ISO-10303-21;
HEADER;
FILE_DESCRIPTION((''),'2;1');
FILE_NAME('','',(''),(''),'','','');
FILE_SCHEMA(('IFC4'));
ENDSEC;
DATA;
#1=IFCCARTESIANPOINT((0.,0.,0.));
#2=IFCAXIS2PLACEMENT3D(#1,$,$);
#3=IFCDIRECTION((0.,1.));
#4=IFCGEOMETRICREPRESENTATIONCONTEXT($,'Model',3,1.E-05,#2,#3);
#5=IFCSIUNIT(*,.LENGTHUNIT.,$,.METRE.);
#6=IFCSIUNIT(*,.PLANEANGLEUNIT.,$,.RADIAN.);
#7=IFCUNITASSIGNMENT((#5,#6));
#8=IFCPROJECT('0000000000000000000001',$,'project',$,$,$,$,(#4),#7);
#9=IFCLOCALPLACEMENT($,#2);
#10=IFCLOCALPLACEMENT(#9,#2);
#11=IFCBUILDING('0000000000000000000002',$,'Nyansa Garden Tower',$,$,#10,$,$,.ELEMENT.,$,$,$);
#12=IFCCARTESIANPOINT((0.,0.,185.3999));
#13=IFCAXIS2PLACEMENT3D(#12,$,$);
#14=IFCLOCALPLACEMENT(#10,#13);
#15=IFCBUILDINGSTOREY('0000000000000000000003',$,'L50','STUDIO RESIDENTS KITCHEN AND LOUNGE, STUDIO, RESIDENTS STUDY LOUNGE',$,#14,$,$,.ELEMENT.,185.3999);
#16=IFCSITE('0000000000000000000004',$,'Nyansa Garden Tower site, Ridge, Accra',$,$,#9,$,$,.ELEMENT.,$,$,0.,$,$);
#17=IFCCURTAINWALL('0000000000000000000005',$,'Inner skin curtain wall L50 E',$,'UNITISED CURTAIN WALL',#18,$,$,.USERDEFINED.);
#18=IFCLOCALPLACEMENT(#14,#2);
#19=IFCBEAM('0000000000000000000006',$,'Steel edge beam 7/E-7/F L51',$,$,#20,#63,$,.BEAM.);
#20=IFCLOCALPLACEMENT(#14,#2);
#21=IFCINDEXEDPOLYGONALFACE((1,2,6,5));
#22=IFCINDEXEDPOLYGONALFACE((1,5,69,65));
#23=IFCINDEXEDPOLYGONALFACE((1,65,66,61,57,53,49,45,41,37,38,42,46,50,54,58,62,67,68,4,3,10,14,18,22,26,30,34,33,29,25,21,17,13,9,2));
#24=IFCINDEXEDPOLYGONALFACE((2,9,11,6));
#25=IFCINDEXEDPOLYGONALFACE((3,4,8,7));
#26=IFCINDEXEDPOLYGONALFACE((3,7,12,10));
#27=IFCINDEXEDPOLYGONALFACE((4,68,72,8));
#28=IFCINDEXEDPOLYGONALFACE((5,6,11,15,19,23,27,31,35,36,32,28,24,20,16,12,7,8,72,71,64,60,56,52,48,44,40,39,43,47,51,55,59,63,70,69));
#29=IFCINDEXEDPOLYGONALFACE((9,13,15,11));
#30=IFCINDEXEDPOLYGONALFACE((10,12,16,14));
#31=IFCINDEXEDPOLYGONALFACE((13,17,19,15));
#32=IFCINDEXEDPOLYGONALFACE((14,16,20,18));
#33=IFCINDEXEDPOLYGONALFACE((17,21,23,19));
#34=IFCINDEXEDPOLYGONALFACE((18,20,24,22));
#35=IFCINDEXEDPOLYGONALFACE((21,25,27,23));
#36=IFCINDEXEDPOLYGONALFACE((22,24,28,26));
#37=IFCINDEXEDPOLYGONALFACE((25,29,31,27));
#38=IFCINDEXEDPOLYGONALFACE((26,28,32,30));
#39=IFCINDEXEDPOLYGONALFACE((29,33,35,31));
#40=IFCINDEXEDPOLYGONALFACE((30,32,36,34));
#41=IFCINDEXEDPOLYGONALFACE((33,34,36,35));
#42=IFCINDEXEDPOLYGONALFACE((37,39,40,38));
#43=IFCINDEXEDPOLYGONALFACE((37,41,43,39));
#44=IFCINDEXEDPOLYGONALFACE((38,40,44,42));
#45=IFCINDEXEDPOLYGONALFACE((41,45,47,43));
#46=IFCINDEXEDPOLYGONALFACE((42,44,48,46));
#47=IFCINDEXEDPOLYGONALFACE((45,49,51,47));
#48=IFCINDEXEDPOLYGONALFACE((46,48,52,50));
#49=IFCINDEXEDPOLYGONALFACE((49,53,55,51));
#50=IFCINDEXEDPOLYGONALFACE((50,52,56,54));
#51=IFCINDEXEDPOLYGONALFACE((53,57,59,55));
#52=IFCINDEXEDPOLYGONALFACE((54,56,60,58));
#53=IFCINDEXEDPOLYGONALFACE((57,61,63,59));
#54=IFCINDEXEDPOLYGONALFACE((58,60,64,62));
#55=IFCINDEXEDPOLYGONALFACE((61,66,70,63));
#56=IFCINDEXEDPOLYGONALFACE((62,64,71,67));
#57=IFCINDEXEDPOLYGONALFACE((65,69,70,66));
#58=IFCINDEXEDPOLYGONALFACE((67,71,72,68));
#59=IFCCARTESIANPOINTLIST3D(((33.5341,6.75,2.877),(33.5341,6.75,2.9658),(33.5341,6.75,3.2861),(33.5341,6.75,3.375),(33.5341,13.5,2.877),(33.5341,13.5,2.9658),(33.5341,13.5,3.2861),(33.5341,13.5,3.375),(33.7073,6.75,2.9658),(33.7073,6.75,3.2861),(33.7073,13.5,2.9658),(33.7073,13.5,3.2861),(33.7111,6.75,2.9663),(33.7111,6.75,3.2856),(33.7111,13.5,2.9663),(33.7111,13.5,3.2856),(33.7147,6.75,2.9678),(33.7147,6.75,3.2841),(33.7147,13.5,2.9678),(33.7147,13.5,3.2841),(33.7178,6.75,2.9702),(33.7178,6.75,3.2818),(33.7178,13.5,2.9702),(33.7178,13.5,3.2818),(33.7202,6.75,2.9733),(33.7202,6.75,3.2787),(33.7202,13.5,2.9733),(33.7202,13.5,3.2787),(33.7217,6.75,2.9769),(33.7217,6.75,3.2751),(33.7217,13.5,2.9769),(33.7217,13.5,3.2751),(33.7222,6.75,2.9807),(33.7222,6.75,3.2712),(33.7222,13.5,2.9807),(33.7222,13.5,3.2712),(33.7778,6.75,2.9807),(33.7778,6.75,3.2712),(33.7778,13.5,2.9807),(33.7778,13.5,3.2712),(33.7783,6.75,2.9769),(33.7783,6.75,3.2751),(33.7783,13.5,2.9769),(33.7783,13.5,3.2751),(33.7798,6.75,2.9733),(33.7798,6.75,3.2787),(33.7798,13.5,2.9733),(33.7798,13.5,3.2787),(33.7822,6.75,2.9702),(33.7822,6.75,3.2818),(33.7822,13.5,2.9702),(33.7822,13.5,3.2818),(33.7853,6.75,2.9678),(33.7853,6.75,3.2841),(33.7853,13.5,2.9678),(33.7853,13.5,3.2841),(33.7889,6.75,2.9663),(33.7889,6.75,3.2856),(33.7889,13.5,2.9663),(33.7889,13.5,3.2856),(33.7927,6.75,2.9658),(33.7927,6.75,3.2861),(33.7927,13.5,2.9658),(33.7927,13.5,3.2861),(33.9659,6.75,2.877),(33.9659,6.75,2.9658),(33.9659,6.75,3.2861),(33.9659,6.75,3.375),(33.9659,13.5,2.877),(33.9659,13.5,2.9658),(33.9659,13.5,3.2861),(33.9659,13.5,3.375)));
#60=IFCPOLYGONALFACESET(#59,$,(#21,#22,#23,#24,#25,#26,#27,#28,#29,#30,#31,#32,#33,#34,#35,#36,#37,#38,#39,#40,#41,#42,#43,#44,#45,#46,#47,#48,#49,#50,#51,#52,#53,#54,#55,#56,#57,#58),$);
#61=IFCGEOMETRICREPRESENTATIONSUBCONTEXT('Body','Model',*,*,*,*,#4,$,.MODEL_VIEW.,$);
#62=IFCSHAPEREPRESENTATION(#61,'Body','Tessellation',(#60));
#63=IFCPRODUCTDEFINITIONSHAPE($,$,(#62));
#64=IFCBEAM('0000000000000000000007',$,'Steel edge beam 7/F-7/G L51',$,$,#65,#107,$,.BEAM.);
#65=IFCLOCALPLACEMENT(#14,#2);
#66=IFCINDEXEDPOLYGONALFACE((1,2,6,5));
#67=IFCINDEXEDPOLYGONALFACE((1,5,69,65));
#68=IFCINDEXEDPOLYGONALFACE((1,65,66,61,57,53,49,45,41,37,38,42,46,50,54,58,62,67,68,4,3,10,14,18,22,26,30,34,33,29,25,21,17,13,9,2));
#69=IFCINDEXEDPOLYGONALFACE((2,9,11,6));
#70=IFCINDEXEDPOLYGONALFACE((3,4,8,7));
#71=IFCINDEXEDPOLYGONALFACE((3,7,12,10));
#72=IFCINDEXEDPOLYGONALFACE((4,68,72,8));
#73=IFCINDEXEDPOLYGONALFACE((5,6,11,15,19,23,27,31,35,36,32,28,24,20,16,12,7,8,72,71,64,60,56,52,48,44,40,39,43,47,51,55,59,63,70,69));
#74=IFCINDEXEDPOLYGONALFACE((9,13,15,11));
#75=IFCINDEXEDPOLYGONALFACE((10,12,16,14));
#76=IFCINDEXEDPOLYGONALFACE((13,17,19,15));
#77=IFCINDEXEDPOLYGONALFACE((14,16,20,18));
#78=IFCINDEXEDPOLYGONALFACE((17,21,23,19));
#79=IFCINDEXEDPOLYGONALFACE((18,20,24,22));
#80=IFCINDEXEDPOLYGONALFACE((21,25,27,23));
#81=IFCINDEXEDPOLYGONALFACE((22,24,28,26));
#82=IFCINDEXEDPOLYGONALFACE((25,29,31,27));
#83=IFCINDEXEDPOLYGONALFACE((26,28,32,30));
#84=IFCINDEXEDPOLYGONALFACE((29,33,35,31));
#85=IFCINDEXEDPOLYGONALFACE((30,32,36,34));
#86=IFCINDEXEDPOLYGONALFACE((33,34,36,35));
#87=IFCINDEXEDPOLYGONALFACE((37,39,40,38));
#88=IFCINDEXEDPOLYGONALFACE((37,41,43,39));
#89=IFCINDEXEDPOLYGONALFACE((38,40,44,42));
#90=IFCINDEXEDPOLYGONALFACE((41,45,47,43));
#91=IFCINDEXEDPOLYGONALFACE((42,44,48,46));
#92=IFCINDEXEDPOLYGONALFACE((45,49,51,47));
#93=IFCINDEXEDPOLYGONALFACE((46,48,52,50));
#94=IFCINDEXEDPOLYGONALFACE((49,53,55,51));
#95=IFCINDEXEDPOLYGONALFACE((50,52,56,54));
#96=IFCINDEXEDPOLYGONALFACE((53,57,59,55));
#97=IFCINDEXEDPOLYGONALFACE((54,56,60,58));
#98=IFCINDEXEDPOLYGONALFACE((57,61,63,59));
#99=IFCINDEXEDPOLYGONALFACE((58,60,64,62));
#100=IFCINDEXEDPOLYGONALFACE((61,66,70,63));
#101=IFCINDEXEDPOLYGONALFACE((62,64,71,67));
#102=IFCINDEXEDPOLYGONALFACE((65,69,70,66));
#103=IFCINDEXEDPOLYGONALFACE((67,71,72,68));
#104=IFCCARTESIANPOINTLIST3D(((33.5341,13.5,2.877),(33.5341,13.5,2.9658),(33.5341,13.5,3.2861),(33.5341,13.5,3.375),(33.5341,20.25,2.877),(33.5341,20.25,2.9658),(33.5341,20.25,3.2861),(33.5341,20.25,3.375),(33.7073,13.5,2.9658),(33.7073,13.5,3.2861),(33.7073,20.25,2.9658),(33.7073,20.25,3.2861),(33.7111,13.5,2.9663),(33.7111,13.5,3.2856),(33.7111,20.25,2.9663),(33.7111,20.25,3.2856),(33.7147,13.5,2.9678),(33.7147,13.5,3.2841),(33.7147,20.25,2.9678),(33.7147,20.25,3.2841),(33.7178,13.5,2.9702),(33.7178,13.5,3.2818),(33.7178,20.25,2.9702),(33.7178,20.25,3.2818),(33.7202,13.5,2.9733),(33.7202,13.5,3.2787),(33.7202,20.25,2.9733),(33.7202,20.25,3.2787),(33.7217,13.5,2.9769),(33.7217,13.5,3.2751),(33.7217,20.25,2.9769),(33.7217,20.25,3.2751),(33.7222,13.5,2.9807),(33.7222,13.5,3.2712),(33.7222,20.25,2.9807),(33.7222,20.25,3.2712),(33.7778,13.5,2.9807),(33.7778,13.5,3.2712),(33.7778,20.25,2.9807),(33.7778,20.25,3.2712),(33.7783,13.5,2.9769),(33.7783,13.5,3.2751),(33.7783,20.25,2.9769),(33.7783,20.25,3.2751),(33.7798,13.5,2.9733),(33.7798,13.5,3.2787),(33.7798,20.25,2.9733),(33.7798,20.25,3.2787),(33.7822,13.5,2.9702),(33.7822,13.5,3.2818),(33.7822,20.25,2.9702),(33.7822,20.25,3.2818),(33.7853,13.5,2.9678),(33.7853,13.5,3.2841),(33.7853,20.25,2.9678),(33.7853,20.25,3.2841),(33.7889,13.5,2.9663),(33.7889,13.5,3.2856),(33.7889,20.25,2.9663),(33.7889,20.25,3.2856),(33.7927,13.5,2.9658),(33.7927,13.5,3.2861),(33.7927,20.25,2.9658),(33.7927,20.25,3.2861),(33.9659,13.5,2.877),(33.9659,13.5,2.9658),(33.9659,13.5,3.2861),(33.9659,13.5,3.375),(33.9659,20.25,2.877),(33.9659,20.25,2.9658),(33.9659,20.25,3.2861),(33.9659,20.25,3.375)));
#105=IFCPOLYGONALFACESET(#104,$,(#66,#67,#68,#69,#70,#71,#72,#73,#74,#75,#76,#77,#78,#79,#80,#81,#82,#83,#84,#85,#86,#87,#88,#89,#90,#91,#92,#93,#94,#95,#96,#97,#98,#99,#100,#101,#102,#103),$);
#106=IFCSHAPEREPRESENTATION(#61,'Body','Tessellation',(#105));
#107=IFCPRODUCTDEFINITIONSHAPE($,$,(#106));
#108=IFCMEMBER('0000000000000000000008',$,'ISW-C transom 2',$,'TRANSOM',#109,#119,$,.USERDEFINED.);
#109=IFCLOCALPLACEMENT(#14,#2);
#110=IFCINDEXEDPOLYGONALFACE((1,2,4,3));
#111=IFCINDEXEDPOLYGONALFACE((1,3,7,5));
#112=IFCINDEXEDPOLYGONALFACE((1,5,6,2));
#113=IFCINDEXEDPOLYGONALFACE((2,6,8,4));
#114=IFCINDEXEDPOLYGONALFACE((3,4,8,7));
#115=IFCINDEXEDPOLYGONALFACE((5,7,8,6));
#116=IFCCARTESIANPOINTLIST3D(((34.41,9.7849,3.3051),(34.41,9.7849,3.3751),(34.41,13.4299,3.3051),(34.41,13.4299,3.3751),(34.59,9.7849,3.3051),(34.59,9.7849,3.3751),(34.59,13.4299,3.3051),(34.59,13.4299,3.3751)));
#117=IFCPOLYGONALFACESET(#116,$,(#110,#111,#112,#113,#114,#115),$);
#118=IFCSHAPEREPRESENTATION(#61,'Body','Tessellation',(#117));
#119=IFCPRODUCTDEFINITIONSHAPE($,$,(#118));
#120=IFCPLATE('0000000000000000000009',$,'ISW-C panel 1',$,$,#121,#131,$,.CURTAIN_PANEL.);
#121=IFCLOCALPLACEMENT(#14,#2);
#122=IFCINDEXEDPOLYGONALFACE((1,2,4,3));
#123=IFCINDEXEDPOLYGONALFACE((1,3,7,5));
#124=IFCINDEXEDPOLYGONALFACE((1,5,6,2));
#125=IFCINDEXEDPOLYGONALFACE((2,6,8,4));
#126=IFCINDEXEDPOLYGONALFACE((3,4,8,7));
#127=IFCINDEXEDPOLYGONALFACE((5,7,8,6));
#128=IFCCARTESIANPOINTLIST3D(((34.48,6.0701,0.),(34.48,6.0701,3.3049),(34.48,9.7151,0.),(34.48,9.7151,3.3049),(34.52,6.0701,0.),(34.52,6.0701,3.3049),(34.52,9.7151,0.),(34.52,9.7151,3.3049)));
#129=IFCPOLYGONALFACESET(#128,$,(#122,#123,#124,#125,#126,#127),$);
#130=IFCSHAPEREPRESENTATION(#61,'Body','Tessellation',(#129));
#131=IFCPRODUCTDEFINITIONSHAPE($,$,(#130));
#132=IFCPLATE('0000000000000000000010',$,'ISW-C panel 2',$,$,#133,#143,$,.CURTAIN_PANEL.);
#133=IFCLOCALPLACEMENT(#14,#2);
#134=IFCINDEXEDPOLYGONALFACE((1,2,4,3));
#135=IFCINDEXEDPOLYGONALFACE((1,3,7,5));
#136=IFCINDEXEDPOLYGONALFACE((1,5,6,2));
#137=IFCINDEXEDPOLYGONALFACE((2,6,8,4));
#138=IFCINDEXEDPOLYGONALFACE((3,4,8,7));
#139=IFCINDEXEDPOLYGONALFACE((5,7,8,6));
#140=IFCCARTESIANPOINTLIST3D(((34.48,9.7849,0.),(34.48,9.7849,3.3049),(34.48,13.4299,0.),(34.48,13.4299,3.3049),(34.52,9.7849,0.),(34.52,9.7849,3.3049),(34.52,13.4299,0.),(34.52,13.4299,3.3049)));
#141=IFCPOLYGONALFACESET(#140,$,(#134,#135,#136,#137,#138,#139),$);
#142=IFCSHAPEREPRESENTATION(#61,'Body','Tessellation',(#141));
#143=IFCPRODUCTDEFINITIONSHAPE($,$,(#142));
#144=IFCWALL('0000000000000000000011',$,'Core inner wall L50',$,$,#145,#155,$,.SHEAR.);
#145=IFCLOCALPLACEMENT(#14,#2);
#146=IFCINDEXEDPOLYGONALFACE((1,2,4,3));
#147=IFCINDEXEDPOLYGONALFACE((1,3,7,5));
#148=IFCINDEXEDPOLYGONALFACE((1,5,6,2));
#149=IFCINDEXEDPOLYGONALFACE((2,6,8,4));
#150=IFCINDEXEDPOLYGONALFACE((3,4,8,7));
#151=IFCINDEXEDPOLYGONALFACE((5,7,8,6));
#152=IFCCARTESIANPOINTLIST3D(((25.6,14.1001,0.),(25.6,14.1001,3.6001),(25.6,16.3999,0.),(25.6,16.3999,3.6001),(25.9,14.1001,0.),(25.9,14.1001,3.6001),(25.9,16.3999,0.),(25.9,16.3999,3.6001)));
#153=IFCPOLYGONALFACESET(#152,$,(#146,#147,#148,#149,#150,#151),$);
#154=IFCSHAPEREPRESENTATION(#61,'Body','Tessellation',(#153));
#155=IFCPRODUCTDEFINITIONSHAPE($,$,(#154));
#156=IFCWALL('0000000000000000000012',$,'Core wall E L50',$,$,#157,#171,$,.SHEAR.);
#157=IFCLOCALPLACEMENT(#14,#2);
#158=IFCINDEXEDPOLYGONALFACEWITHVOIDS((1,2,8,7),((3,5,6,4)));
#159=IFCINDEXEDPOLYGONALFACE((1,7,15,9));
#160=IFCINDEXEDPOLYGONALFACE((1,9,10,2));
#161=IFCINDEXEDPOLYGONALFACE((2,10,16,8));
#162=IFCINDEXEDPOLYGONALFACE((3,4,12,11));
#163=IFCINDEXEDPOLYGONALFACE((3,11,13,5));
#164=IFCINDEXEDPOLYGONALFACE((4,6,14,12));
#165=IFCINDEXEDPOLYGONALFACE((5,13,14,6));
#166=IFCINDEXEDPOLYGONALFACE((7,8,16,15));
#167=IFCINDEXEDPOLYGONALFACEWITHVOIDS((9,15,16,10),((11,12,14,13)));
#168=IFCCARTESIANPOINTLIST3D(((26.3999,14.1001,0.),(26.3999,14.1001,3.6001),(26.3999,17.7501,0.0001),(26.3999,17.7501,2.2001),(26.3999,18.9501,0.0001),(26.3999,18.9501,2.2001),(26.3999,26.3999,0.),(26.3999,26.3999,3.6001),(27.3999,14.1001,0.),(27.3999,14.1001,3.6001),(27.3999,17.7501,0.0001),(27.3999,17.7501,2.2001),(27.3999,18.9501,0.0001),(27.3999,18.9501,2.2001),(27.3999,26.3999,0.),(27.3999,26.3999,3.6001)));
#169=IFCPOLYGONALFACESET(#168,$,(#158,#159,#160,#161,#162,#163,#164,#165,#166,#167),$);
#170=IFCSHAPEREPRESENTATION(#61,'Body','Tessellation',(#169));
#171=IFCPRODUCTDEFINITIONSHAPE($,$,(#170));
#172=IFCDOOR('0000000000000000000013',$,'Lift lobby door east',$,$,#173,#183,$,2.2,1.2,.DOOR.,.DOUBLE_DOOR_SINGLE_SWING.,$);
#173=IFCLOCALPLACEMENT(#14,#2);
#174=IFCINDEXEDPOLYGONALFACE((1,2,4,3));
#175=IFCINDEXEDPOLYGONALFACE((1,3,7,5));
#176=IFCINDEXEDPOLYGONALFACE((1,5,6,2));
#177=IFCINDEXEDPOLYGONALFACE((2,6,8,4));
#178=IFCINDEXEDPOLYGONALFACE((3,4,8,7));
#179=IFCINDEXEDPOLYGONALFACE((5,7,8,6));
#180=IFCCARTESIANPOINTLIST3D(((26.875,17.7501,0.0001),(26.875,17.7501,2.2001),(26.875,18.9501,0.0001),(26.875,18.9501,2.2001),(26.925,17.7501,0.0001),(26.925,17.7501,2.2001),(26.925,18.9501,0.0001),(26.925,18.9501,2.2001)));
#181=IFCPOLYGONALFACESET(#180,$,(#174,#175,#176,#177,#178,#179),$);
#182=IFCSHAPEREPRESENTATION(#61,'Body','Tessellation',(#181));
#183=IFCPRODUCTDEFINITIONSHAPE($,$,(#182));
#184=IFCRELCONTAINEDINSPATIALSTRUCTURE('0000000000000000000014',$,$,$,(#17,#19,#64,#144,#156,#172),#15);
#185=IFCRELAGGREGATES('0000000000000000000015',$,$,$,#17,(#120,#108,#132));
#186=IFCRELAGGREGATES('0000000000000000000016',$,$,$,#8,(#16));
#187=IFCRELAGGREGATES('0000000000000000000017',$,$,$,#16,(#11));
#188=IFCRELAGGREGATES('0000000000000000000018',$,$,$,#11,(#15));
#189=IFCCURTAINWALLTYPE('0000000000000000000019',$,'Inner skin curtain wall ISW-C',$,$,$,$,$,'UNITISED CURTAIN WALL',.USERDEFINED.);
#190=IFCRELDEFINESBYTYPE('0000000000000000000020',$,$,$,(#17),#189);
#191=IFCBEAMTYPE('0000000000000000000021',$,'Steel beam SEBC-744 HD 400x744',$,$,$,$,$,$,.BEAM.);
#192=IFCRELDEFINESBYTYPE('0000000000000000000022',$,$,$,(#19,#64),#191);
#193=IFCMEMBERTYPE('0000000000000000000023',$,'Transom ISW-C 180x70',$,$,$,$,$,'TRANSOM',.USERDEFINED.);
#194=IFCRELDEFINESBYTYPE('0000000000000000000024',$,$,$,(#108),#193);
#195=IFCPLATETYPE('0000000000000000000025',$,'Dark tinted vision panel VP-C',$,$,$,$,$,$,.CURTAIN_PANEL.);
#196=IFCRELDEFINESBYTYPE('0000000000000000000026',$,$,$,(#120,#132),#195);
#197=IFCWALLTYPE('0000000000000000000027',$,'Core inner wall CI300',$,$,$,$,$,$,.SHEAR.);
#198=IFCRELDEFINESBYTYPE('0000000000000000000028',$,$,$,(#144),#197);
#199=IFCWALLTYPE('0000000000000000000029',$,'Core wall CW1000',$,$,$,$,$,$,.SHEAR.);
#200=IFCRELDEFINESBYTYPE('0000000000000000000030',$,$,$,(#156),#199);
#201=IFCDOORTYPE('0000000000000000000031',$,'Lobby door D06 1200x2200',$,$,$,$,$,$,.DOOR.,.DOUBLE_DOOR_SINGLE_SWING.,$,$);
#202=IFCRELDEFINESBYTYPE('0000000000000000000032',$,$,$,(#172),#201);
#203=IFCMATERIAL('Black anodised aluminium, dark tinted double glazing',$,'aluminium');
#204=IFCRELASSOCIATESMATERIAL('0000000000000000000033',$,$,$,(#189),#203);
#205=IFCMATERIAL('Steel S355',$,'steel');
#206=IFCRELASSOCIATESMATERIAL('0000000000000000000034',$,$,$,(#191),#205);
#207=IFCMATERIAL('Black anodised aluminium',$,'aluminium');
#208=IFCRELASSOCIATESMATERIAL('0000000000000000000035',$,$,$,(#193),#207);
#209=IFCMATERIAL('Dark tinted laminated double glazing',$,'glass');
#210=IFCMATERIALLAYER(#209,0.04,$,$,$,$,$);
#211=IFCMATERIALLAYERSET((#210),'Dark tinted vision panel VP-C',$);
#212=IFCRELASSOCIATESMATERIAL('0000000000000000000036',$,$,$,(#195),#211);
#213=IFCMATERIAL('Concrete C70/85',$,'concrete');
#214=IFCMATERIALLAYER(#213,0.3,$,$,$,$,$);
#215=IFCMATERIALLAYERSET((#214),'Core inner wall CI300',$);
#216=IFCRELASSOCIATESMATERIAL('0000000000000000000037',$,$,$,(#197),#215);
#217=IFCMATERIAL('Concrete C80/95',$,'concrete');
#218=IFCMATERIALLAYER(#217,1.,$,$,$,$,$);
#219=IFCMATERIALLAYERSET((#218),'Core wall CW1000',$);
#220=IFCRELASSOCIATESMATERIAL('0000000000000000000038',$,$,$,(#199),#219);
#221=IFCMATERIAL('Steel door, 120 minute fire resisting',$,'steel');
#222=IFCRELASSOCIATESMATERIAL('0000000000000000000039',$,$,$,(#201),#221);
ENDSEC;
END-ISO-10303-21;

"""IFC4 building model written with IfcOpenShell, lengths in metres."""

from ifc_helpers import new_model, si_unit, direction, frame, frame_2d, origin, origin_2d, place, context, subcontext, project, spatial, rectangle, i_section, extrude, material, layer, layer_set, material_profile, profile_set, type_object, element, fill, aggregate, save


model = new_model("IFC4")

# Units and contexts
model_context = context("Model", 3, precision=1e-05, world=origin(), true_north=direction((0.0, 1.0)))
body_context = subcontext(model_context, "Body", "Model", "MODEL_VIEW")
ifc_project = project(units=[si_unit("LENGTHUNIT", "METRE"), si_unit("PLANEANGLEUNIT", "RADIAN")], contexts=[model_context])

# Site, building, storey
site_placement = place(None, origin())
site = spatial("IfcSite", under=ifc_project, at=site_placement, Name="Nyansa Garden Tower site, Ridge, Accra", CompositionType="ELEMENT", RefElevation=0.0)
building_placement = place(site_placement, origin())
building = spatial("IfcBuilding", under=site, at=building_placement, Name="Nyansa Garden Tower", CompositionType="ELEMENT")
storey_placement = place(building_placement, frame((0.0, 0.0, 185.3999)))
storey = spatial("IfcBuildingStorey", under=building, at=storey_placement, Name="L50", Description="STUDIO RESIDENTS KITCHEN AND LOUNGE, STUDIO, RESIDENTS STUDY LOUNGE", CompositionType="ELEMENT", Elevation=185.3999)

# Curtain wall
ifc_material_1 = material(Name="Black anodised aluminium, dark tinted double glazing", Category="aluminium")
curtain_wall_type = type_object("IfcCurtainWallType", Name="Inner skin curtain wall ISW-C", ElementType="UNITISED CURTAIN WALL", PredefinedType="USERDEFINED", material=ifc_material_1)
curtain_wall_placement = place(storey_placement, origin())
curtain_wall = element("IfcCurtainWall", 1, at=curtain_wall_placement, inside=storey, type_object=curtain_wall_type, Name="Inner skin curtain wall L50 E", ObjectType="UNITISED CURTAIN WALL", PredefinedType="USERDEFINED")

# Beams
ifc_material_2 = material(Name="Steel S355", Category="steel")
ifc_material_profile_1 = material_profile(ifc_material_2, i_section(OverallWidth=0.4319, OverallDepth=0.498, WebThickness=0.0557, FlangeThickness=0.0889, FilletRadius=0.0149, at=origin_2d()), Name="HD 400x744")
ifc_profile_set_1 = profile_set([ifc_material_profile_1], Name="Steel S355")
beam_type_1 = type_object("IfcBeamType", Name="Steel beam SEBC-744 HD 400x744", PredefinedType="BEAM", material=ifc_profile_set_1)
for number, where, z_axis, x_axis, name in (
    (2, (33.75, 6.75, 3.126), (0.0, 1.0, 0.0), (-1.0, 0.0, 0.0), "Steel edge beam 7/E-7/F L51"),
    (3, (33.75, 13.5, 3.126), (0.0, 1.0, 0.0), (-1.0, 0.0, 0.0), "Steel edge beam 7/F-7/G L51"),
):
    element("IfcBeam", number, at=place(storey_placement, frame(where, z_axis=z_axis, x_axis=x_axis)), inside=storey, type_object=beam_type_1, Name=name, PredefinedType="BEAM", context=body_context, shape_type="SweptSolid", body=[
        extrude(i_section(OverallWidth=0.4319, OverallDepth=0.498, WebThickness=0.0557, FlangeThickness=0.0889, FilletRadius=0.0149, at=origin_2d()), origin(), (0.0, 0.0, 1.0), 6.75),
    ])

# Member
ifc_material_3 = material(Name="Black anodised aluminium", Category="aluminium")
ifc_material_profile_2 = material_profile(ifc_material_3, rectangle(XDim=0.1799, YDim=0.0701, at=origin_2d()), Name="Transom 180x70")
ifc_profile_set_2 = profile_set([ifc_material_profile_2], Name="Black anodised aluminium")
member_type_1 = type_object("IfcMemberType", Name="Transom ISW-C 180x70", ElementType="TRANSOM", PredefinedType="USERDEFINED", material=ifc_profile_set_2)
member_1_placement = place(storey_placement, frame((34.5, 9.7849, 3.3401), z_axis=(0.0, 1.0, 0.0), x_axis=(-1.0, 0.0, 0.0)))
member_1 = element("IfcMember", 4, at=member_1_placement, type_object=member_type_1, Name="ISW-C transom 2", ObjectType="TRANSOM", PredefinedType="USERDEFINED", context=body_context, shape_type="SweptSolid", body=[
    extrude(rectangle(XDim=0.1799, YDim=0.0701, at=origin_2d()), origin(), (0.0, 0.0, 1.0), 3.645),
])

# Plates
ifc_material_4 = material(Name="Dark tinted laminated double glazing", Category="glass")
ifc_layer_1 = layer(ifc_material_4, 0.04)
ifc_layer_set_1 = layer_set([ifc_layer_1], Name="Dark tinted vision panel VP-C")
plate_type = type_object("IfcPlateType", Name="Dark tinted vision panel VP-C", PredefinedType="CURTAIN_PANEL", material=ifc_layer_set_1)
plate_1_placement = place(storey_placement, frame((34.5, 7.8926, 0.0), z_axis=(0.0, 0.0, 1.0), x_axis=(0.0, 1.0, 0.0)))
plate_1 = element("IfcPlate", 5, at=plate_1_placement, type_object=plate_type, Name="ISW-C panel 1", PredefinedType="CURTAIN_PANEL", context=body_context, shape_type="SweptSolid", body=[
    extrude(rectangle(XDim=3.645, YDim=0.04, at=origin_2d()), origin(), (0.0, 0.0, 1.0), 3.3049),
])
plate_2_placement = place(storey_placement, frame((34.5, 11.6074, 0.0), z_axis=(0.0, 0.0, 1.0), x_axis=(0.0, 1.0, 0.0)))
plate_2 = element("IfcPlate", 6, at=plate_2_placement, type_object=plate_type, Name="ISW-C panel 2", PredefinedType="CURTAIN_PANEL", context=body_context, shape_type="SweptSolid", body=[
    extrude(rectangle(XDim=3.645, YDim=0.04, at=origin_2d()), origin(), (0.0, 0.0, 1.0), 3.3049),
])
aggregate(curtain_wall, [plate_1, member_1, plate_2])

# Wall
ifc_material_5 = material(Name="Concrete C70/85", Category="concrete")
ifc_layer_2 = layer(ifc_material_5, 0.3)
ifc_layer_set_2 = layer_set([ifc_layer_2], Name="Core inner wall CI300")
wall_type_1 = type_object("IfcWallType", Name="Core inner wall CI300", PredefinedType="SHEAR", material=ifc_layer_set_2)
wall_1_placement = place(storey_placement, frame((25.75, 14.1001, 0.0), z_axis=(0.0, 0.0, 1.0), x_axis=(0.0, 1.0, 0.0)))
element("IfcWall", 7, at=wall_1_placement, inside=storey, type_object=wall_type_1, Name="Core inner wall L50", PredefinedType="SHEAR", context=body_context, shape_type="SweptSolid", body=[
    extrude(rectangle(XDim=2.2998, YDim=0.3, at=frame_2d((1.1499, 0.0))), origin(), (0.0, 0.0, 1.0), 3.6001),
])

# Wall, opening, door
ifc_material_6 = material(Name="Concrete C80/95", Category="concrete")
ifc_layer_3 = layer(ifc_material_6, 1.0)
ifc_layer_set_3 = layer_set([ifc_layer_3], Name="Core wall CW1000")
wall_type_2 = type_object("IfcWallType", Name="Core wall CW1000", PredefinedType="SHEAR", material=ifc_layer_set_3)
wall_2_placement = place(storey_placement, frame((26.8999, 14.1001, 0.0), z_axis=(0.0, 0.0, 1.0), x_axis=(0.0, 1.0, 0.0)))
wall_2 = element("IfcWall", 8, at=wall_2_placement, inside=storey, type_object=wall_type_2, Name="Core wall E L50", PredefinedType="SHEAR", context=body_context, shape_type="SweptSolid", body=[
    extrude(rectangle(XDim=12.2998, YDim=1.0, at=frame_2d((6.1499, 0.0))), origin(), (0.0, 0.0, 1.0), 3.6001),
])
opening_1_placement = place(wall_2_placement, frame((3.6499, 0.0, 0.0)))
opening_1 = element("IfcOpeningElement", 9, at=opening_1_placement, cuts=wall_2, PredefinedType="OPENING", context=body_context, shape_type="SweptSolid", body=[
    extrude(rectangle(XDim=1.2, YDim=2.2, at=frame_2d((0.6001, 1.1001))), frame((0.0, 0.51, 0.0), z_axis=(0.0, -1.0, 0.0), x_axis=(1.0, 0.0, 0.0)), (0.0, 0.0, 1.0), 1.02),
])
ifc_material_7 = material(Name="Steel door, 120 minute fire resisting", Category="steel")
door_type_1 = type_object("IfcDoorType", Name="Lobby door D06 1200x2200", OperationType="DOUBLE_DOOR_SINGLE_SWING", PredefinedType="DOOR", material=ifc_material_7)
door_1_placement = place(opening_1_placement, origin())
door_1 = element("IfcDoor", 10, at=door_1_placement, inside=storey, type_object=door_type_1, Name="Lift lobby door east", OperationType="DOUBLE_DOOR_SINGLE_SWING", OverallHeight=2.2, OverallWidth=1.2, PredefinedType="DOOR", context=body_context, shape_type="SweptSolid", body=[
    extrude(rectangle(XDim=1.2, YDim=2.2, at=frame_2d((0.6001, 1.1001))), frame((0.0, 0.0249, 0.0), z_axis=(0.0, -1.0, 0.0), x_axis=(1.0, 0.0, 0.0)), (0.0, 0.0, 1.0), 0.05),
])
fill(opening_1, door_1)

save(model, "model.ifc")
